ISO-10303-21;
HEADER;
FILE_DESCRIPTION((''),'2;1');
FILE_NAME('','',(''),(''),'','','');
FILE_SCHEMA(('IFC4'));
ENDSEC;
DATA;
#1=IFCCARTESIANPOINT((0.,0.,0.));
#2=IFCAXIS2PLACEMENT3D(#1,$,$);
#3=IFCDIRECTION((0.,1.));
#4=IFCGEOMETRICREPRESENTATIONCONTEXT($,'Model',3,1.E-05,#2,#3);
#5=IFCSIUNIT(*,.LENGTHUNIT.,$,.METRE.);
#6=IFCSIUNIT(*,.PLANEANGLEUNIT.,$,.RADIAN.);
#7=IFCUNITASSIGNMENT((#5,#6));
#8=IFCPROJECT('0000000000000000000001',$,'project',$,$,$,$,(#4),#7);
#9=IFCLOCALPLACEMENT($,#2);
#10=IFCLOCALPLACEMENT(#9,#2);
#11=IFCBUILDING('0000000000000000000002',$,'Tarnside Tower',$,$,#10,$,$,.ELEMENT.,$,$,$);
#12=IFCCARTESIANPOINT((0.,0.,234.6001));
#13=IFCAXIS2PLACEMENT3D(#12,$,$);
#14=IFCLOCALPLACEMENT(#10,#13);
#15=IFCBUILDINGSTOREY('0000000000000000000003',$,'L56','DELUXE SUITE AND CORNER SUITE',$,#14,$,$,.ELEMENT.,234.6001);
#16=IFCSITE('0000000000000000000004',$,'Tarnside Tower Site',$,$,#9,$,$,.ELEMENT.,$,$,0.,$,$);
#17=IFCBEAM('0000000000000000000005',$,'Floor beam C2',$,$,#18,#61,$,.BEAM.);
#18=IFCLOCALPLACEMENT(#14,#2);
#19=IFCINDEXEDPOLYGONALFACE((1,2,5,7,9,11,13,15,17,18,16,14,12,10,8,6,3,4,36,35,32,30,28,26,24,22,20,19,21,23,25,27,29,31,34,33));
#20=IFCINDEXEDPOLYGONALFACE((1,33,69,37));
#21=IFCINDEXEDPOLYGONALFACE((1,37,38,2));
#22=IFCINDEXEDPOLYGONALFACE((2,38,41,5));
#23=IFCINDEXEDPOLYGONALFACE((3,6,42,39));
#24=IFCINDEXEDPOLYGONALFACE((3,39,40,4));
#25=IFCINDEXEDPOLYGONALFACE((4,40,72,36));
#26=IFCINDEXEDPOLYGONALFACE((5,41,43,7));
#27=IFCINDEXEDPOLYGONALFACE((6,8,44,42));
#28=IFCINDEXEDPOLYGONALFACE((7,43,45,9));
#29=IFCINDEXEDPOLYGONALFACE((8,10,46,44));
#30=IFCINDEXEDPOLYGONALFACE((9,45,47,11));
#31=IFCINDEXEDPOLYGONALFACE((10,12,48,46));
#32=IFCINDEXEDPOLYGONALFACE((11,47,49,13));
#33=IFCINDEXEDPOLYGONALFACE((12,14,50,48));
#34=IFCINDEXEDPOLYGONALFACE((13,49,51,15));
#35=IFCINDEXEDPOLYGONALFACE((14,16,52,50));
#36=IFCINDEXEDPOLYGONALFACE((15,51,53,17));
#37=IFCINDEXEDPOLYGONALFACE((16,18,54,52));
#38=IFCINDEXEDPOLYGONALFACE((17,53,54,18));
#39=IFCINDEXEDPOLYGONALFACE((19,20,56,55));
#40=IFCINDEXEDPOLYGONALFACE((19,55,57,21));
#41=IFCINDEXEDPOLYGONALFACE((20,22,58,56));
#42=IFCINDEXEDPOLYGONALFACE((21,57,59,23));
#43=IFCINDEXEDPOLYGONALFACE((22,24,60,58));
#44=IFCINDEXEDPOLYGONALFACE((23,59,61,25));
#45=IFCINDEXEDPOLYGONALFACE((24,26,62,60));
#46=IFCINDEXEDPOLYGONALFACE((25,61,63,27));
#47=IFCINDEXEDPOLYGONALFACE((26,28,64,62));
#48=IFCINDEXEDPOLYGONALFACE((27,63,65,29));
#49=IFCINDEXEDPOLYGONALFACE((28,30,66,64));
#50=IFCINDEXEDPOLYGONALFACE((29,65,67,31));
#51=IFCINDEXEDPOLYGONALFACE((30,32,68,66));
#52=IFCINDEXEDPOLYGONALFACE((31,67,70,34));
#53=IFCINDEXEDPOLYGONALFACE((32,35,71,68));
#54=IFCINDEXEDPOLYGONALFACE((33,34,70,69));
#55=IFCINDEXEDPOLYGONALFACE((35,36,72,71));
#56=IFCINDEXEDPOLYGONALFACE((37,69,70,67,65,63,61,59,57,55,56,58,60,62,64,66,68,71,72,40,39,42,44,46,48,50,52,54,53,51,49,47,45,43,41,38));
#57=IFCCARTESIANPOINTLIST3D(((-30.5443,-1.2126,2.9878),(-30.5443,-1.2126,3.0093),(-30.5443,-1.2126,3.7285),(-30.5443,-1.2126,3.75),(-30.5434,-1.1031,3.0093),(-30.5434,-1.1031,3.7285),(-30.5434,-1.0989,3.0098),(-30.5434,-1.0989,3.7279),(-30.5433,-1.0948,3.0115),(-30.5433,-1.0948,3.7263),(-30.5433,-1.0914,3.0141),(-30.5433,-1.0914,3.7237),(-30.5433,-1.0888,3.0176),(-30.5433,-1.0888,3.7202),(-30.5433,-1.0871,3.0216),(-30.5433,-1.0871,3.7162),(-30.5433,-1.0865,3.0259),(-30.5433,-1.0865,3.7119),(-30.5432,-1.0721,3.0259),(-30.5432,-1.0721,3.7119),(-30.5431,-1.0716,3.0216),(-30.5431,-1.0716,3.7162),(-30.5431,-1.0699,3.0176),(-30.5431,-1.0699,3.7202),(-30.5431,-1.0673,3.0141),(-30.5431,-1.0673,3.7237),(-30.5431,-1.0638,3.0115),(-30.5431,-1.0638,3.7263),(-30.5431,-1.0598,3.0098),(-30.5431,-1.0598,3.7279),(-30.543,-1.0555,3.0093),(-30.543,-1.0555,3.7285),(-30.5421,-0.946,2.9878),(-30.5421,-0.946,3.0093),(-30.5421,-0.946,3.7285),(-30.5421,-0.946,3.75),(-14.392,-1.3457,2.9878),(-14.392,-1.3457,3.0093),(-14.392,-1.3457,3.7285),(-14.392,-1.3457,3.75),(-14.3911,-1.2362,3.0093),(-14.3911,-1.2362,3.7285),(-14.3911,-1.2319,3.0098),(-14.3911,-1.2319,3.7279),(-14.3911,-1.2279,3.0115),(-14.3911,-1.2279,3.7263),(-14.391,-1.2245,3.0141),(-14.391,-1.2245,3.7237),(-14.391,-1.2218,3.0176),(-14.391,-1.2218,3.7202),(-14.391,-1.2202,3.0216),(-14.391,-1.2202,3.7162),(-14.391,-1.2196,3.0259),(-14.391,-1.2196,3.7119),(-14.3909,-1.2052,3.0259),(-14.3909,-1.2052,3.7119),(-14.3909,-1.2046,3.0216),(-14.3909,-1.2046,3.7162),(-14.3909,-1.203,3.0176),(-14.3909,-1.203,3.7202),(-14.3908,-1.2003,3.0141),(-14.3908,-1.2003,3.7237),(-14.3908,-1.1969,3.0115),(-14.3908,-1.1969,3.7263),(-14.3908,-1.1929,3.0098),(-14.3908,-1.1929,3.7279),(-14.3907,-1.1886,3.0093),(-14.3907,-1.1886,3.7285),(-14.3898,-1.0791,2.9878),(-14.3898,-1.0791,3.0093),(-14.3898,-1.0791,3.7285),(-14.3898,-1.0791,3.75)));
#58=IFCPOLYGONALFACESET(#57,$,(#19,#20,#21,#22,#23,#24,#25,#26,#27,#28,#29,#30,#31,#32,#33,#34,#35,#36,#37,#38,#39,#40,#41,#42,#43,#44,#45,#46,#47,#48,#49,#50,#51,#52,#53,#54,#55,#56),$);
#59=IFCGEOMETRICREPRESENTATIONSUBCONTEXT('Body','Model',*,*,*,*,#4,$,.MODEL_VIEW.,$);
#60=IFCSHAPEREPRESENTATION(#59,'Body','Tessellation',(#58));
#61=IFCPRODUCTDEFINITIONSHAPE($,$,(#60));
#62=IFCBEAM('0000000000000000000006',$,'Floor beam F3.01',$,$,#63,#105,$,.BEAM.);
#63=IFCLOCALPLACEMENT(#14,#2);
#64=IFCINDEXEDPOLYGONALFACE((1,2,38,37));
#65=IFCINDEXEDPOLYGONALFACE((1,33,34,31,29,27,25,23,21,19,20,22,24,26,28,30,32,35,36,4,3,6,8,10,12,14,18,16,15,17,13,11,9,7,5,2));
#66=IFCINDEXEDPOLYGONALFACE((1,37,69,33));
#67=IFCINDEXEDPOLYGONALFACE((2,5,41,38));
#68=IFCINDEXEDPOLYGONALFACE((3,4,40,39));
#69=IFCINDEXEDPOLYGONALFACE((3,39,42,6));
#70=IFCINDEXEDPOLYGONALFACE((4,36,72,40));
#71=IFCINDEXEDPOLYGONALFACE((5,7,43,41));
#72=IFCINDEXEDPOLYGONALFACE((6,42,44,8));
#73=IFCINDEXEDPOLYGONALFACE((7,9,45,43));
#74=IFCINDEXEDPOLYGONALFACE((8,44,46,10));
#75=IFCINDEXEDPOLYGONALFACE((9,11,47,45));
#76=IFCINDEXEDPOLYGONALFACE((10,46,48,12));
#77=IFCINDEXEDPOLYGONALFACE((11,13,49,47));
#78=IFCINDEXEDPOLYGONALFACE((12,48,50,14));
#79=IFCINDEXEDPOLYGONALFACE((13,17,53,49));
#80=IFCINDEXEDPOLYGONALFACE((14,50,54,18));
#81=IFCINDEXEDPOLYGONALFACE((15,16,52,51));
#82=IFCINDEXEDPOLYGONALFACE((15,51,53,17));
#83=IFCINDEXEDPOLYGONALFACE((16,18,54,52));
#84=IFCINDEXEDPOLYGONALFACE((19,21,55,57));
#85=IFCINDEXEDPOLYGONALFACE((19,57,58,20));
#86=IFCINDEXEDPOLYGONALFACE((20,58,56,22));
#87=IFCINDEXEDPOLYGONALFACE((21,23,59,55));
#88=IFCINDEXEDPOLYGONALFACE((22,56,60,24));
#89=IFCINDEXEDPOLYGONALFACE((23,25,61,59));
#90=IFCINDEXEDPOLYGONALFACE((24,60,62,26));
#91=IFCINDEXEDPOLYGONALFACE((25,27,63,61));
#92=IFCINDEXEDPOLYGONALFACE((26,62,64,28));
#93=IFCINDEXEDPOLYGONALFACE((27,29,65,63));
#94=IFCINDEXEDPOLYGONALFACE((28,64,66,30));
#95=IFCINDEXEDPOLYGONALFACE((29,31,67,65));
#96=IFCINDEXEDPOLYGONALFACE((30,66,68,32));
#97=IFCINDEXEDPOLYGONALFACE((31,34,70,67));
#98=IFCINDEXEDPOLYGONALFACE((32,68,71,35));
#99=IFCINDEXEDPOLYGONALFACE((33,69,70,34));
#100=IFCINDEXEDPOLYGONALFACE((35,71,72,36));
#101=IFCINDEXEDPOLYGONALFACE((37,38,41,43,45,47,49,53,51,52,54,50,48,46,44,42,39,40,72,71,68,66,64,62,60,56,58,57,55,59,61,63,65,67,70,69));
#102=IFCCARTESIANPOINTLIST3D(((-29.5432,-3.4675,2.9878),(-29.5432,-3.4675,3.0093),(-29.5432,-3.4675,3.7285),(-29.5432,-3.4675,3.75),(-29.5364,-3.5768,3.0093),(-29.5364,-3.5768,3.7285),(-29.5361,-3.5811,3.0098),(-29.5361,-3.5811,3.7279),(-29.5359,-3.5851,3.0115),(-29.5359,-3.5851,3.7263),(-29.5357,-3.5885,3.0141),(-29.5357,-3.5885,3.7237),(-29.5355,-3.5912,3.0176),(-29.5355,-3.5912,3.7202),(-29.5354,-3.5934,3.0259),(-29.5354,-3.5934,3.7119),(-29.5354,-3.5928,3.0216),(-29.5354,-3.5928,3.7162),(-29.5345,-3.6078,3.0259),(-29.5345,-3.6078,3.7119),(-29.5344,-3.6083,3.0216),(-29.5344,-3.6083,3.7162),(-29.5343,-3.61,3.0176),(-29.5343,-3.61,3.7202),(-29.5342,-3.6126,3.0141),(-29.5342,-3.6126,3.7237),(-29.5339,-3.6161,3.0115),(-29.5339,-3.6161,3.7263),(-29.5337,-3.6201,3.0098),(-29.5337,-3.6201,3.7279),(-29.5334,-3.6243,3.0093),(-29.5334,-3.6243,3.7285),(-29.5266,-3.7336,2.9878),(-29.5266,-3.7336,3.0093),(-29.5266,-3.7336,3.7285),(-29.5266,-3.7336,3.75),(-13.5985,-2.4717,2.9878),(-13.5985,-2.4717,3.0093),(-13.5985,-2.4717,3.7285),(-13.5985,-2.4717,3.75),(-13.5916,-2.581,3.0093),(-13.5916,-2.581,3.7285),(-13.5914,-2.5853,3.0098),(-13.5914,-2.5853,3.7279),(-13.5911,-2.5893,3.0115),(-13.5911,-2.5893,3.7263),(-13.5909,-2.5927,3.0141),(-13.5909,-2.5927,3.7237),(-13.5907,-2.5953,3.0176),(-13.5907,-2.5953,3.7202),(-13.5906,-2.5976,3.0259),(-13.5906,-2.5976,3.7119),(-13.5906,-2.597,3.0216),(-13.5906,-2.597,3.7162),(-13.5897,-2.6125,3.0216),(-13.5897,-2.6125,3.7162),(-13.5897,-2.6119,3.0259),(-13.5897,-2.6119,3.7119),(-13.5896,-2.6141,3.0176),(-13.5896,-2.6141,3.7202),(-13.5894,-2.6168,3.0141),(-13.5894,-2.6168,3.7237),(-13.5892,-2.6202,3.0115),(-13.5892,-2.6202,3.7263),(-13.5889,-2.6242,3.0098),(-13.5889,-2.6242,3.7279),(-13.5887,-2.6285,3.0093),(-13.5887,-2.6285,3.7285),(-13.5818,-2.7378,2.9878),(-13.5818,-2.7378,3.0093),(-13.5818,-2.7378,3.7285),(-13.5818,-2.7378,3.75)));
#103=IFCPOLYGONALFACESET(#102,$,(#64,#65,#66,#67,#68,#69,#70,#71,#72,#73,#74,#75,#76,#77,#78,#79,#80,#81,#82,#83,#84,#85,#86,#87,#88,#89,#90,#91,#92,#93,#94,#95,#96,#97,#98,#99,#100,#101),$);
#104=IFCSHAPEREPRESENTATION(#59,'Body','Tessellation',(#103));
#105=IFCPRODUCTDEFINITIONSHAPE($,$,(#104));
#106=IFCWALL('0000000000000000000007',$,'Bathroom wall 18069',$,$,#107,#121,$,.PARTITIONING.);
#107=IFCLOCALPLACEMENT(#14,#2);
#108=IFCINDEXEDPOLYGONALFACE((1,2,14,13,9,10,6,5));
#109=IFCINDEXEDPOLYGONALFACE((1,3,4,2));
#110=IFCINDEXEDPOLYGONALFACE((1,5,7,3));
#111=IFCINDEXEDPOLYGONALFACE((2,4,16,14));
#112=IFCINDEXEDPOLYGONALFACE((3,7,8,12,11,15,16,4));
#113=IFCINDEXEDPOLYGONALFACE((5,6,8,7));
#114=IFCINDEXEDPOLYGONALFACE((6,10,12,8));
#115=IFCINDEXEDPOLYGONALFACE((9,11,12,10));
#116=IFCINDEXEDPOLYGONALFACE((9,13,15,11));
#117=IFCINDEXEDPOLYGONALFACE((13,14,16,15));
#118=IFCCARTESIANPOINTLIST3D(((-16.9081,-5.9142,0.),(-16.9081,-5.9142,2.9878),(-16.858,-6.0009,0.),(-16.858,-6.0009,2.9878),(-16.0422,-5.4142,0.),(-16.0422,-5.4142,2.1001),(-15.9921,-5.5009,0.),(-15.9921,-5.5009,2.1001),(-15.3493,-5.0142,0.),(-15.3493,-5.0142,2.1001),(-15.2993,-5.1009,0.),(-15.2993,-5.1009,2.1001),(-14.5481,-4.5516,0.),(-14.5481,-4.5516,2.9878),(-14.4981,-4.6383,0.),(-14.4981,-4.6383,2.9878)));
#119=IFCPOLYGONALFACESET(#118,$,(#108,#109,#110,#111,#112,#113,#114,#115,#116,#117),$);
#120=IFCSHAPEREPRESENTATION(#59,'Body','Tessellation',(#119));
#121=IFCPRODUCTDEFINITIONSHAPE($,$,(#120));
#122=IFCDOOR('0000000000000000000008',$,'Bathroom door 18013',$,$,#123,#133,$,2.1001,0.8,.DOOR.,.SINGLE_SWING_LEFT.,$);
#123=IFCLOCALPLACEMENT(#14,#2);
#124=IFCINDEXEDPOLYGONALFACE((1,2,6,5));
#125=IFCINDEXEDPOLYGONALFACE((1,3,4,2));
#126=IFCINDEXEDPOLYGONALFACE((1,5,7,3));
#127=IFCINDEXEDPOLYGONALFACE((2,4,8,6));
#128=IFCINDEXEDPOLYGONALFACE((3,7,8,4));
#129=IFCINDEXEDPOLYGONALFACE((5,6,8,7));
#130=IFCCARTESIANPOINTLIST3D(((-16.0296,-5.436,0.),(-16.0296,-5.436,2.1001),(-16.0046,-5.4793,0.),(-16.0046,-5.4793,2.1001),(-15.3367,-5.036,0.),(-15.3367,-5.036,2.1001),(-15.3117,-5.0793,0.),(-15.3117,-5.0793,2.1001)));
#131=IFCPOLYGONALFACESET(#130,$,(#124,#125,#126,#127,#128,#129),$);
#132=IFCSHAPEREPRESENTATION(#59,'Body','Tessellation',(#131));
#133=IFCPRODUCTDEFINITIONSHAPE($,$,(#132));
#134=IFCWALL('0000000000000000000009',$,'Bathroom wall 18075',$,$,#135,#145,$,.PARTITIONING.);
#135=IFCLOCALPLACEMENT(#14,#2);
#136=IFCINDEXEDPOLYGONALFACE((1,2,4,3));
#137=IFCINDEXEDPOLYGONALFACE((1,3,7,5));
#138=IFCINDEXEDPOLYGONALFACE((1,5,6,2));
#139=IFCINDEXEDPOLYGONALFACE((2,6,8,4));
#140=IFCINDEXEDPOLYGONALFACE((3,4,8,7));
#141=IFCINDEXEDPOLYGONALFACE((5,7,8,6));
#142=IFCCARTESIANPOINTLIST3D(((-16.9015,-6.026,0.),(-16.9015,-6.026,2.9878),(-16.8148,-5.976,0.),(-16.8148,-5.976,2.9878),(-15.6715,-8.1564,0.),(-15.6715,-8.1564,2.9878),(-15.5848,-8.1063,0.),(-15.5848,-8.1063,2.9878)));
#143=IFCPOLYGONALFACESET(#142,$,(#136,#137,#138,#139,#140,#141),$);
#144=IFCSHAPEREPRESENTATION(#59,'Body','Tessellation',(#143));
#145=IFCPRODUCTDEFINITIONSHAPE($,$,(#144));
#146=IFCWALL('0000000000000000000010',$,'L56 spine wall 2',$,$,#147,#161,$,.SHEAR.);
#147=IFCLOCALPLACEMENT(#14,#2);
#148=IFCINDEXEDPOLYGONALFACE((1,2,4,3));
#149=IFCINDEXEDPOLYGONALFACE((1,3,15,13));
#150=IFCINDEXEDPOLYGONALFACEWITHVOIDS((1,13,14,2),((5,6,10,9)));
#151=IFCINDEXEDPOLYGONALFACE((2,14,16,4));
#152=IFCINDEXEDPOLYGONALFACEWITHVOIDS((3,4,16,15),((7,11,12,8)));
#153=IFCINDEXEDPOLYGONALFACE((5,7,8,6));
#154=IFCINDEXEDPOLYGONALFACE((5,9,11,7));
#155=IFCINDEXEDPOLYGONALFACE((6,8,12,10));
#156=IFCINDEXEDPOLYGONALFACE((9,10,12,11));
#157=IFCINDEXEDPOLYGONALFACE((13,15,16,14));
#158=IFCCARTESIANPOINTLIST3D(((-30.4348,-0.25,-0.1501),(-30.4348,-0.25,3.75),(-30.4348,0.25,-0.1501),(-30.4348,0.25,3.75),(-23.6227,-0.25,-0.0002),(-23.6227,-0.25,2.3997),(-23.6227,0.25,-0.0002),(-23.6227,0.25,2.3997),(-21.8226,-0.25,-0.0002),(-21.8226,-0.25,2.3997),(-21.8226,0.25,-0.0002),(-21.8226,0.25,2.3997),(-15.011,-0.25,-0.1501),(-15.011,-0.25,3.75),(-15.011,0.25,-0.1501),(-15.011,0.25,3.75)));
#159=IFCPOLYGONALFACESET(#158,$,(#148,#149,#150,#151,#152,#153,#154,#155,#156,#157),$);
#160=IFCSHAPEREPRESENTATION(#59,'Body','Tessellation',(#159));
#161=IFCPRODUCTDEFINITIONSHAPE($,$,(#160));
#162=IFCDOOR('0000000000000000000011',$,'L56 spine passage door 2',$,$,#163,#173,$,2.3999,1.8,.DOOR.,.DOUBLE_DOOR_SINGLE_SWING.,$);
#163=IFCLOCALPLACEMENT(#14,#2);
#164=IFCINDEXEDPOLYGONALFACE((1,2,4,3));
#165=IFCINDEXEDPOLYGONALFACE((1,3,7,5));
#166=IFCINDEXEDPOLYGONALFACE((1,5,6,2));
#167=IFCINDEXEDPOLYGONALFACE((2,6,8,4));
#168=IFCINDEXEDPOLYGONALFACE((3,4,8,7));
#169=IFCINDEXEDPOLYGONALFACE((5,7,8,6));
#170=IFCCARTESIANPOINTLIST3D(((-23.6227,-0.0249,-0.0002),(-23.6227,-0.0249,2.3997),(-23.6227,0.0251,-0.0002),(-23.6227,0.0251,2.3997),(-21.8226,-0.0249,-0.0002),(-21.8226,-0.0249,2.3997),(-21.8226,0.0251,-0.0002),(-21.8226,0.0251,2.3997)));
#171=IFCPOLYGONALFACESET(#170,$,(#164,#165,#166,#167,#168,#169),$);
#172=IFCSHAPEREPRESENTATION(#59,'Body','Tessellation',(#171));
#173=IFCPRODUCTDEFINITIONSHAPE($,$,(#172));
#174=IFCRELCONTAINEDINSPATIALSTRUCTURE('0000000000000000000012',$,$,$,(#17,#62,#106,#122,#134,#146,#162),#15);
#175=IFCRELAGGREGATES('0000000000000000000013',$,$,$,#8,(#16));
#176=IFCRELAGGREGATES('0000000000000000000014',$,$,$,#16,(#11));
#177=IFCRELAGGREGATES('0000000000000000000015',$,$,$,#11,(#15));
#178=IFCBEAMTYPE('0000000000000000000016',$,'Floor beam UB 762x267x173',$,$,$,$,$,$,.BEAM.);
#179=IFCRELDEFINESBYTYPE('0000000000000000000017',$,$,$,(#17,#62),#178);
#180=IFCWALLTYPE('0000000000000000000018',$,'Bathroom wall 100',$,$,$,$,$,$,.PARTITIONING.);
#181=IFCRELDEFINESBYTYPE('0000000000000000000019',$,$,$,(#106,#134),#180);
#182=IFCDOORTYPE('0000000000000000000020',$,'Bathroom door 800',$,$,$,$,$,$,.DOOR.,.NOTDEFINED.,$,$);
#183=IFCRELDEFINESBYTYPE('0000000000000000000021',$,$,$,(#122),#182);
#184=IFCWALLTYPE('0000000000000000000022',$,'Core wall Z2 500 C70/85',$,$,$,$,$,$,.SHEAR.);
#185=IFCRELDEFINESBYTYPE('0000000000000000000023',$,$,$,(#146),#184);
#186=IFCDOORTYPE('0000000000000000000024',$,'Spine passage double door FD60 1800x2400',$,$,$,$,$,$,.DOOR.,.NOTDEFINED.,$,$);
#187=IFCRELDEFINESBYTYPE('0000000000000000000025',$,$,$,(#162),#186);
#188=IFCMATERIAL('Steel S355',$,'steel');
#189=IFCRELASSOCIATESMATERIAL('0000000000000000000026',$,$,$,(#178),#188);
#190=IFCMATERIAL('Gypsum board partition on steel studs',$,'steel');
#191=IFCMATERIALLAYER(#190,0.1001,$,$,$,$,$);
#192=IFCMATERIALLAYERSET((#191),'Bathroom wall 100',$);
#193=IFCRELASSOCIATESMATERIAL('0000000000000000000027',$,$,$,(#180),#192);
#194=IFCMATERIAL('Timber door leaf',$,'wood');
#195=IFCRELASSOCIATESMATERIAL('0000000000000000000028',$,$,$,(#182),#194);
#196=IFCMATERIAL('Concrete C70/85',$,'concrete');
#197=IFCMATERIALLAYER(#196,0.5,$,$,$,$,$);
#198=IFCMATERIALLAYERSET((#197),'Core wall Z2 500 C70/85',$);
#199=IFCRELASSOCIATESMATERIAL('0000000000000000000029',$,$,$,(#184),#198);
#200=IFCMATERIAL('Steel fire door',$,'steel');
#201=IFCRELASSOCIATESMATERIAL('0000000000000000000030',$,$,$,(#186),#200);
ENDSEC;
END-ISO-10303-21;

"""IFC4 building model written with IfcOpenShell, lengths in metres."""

from ifc_helpers import new_model, si_unit, direction, frame, frame_2d, origin, origin_2d, place, context, subcontext, project, spatial, rectangle, i_section, extrude, material, layer, layer_set, material_profile, profile_set, type_object, element, fill, save


model = new_model("IFC4")

# Units and contexts
model_context = context("Model", 3, precision=1e-05, world=origin(), true_north=direction((0.0, 1.0)))
body_context = subcontext(model_context, "Body", "Model", "MODEL_VIEW")
ifc_project = project(units=[si_unit("LENGTHUNIT", "METRE"), si_unit("PLANEANGLEUNIT", "RADIAN")], contexts=[model_context])

# Site, building, storey
site_placement = place(None, origin())
site = spatial("IfcSite", under=ifc_project, at=site_placement, Name="Tarnside Tower Site", CompositionType="ELEMENT", RefElevation=0.0)
building_placement = place(site_placement, origin())
building = spatial("IfcBuilding", under=site, at=building_placement, Name="Tarnside Tower", CompositionType="ELEMENT")
storey_placement = place(building_placement, frame((0.0, 0.0, 234.6001)))
storey = spatial("IfcBuildingStorey", under=building, at=storey_placement, Name="L56", Description="DELUXE SUITE AND CORNER SUITE", CompositionType="ELEMENT", Elevation=234.6001)

# Beams
ifc_material_1 = material(Name="Steel S355", Category="steel")
ifc_material_profile = material_profile(ifc_material_1, i_section(OverallWidth=0.2666, OverallDepth=0.7622, WebThickness=0.0144, FlangeThickness=0.0215, FilletRadius=0.0166, at=origin_2d()), Name="UB 762x267x173")
ifc_profile_set = profile_set([ifc_material_profile], Name="Steel S355")
beam_type = type_object("IfcBeamType", Name="Floor beam UB 762x267x173", PredefinedType="BEAM", material=ifc_profile_set)
beam_1_placement = place(storey_placement, frame((-30.5432, -1.0793, 3.3689), z_axis=(0.999966, -0.008237, 0.0), x_axis=(0.008237, 0.999966, 0.0)))
element("IfcBeam", 1, at=beam_1_placement, inside=storey, type_object=beam_type, Name="Floor beam C2", PredefinedType="BEAM", context=body_context, shape_type="SweptSolid", body=[
    extrude(i_section(OverallWidth=0.2666, OverallDepth=0.7622, WebThickness=0.0144, FlangeThickness=0.0215, FilletRadius=0.0166, at=origin_2d()), origin(), (0.0, 0.0, 1.0), 16.1528),
])
beam_2_placement = place(storey_placement, frame((-29.5349, -3.6006, 3.3689), z_axis=(0.998055, 0.062335, 0.0), x_axis=(-0.062335, 0.998055, 0.0)))
element("IfcBeam", 2, at=beam_2_placement, inside=storey, type_object=beam_type, Name="Floor beam F3.01", PredefinedType="BEAM", context=body_context, shape_type="SweptSolid", body=[
    extrude(i_section(OverallWidth=0.2666, OverallDepth=0.7622, WebThickness=0.0144, FlangeThickness=0.0215, FilletRadius=0.0166, at=origin_2d()), origin(), (0.0, 0.0, 1.0), 15.9758),
])

# Wall, opening, door
ifc_material_2 = material(Name="Gypsum board partition on steel studs", Category="steel")
ifc_layer_1 = layer(ifc_material_2, 0.1001)
ifc_layer_set_1 = layer_set([ifc_layer_1], Name="Bathroom wall 100")
wall_type_1 = type_object("IfcWallType", Name="Bathroom wall 100", PredefinedType="PARTITIONING", material=ifc_layer_set_1)
wall_1_placement = place(storey_placement, frame((-16.8831, -5.9575, 0.0), z_axis=(0.0, 0.0, 1.0), x_axis=(0.866013, 0.500022, 0.0)))
wall_1 = element("IfcWall", 3, at=wall_1_placement, inside=storey, type_object=wall_type_1, Name="Bathroom wall 18069", PredefinedType="PARTITIONING", context=body_context, shape_type="SweptSolid", body=[
    extrude(rectangle(XDim=2.7251, YDim=0.1001, at=frame_2d((1.3625, 0.0))), origin(), (0.0, 0.0, 1.0), 2.9878),
])
opening_1_placement = place(wall_1_placement, frame((1.0, 0.0, 0.0)))
opening_1 = element("IfcOpeningElement", 4, at=opening_1_placement, cuts=wall_1, PredefinedType="OPENING", context=body_context, shape_type="SweptSolid", body=[
    extrude(rectangle(XDim=0.8, YDim=2.1001, at=frame_2d((0.3999, 1.05))), frame((0.0, 0.0601, 0.0), z_axis=(0.0, -1.0, 0.0), x_axis=(1.0, 0.0, 0.0)), (0.0, 0.0, 1.0), 0.1201),
])
ifc_material_3 = material(Name="Timber door leaf", Category="wood")
door_type_1 = type_object("IfcDoorType", Name="Bathroom door 800", OperationType="NOTDEFINED", PredefinedType="DOOR", material=ifc_material_3)
door_1_placement = place(opening_1_placement, origin())
door_1 = element("IfcDoor", 5, at=door_1_placement, inside=storey, type_object=door_type_1, Name="Bathroom door 18013", OperationType="SINGLE_SWING_LEFT", OverallHeight=2.1001, OverallWidth=0.8, PredefinedType="DOOR", context=body_context, shape_type="SweptSolid", body=[
    extrude(rectangle(XDim=0.8, YDim=2.1001, at=frame_2d((0.3999, 1.05))), frame((0.0, 0.0249, 0.0), z_axis=(0.0, -1.0, 0.0), x_axis=(1.0, 0.0, 0.0)), (0.0, 0.0, 1.0), 0.05),
])
fill(opening_1, door_1)

# Wall
wall_2_placement = place(storey_placement, frame((-16.8582, -6.001, 0.0), z_axis=(0.0, 0.0, 1.0), x_axis=(0.500003, -0.866024, 0.0)))
element("IfcWall", 6, at=wall_2_placement, inside=storey, type_object=wall_type_1, Name="Bathroom wall 18075", PredefinedType="PARTITIONING", context=body_context, shape_type="SweptSolid", body=[
    extrude(rectangle(XDim=2.46, YDim=0.1001, at=frame_2d((1.23, 0.0))), origin(), (0.0, 0.0, 1.0), 2.9878),
])

# Wall, opening, door
ifc_material_4 = material(Name="Concrete C70/85", Category="concrete")
ifc_layer_2 = layer(ifc_material_4, 0.5)
ifc_layer_set_2 = layer_set([ifc_layer_2], Name="Core wall Z2 500 C70/85")
wall_type_2 = type_object("IfcWallType", Name="Core wall Z2 500 C70/85", PredefinedType="SHEAR", material=ifc_layer_set_2)
wall_3_placement = place(storey_placement, frame((-15.011, 0.0, -0.1501), z_axis=(0.0, 0.0, 1.0), x_axis=(-1.0, 0.0, 0.0)))
wall_3 = element("IfcWall", 7, at=wall_3_placement, inside=storey, type_object=wall_type_2, Name="L56 spine wall 2", PredefinedType="SHEAR", context=body_context, shape_type="SweptSolid", body=[
    extrude(rectangle(XDim=15.4238, YDim=0.5, at=frame_2d((7.7119, 0.0))), origin(), (0.0, 0.0, 1.0), 3.9001),
])
opening_2_placement = place(wall_3_placement, frame((6.8118, 0.0, 0.1499)))
opening_2 = element("IfcOpeningElement", 8, at=opening_2_placement, cuts=wall_3, PredefinedType="OPENING", context=body_context, shape_type="SweptSolid", body=[
    extrude(rectangle(XDim=1.8, YDim=2.3999, at=frame_2d((0.8999, 1.2))), frame((0.0, 0.26, 0.0), z_axis=(0.0, -1.0, 0.0), x_axis=(1.0, 0.0, 0.0)), (0.0, 0.0, 1.0), 0.52),
])
ifc_material_5 = material(Name="Steel fire door", Category="steel")
door_type_2 = type_object("IfcDoorType", Name="Spine passage double door FD60 1800x2400", OperationType="NOTDEFINED", PredefinedType="DOOR", material=ifc_material_5)
door_2_placement = place(opening_2_placement, origin())
door_2 = element("IfcDoor", 9, at=door_2_placement, inside=storey, type_object=door_type_2, Name="L56 spine passage door 2", OperationType="DOUBLE_DOOR_SINGLE_SWING", OverallHeight=2.3999, OverallWidth=1.8, PredefinedType="DOOR", context=body_context, shape_type="SweptSolid", body=[
    extrude(rectangle(XDim=1.8, YDim=2.3999, at=frame_2d((0.8999, 1.2))), frame((0.0, 0.0249, 0.0), z_axis=(0.0, -1.0, 0.0), x_axis=(1.0, 0.0, 0.0)), (0.0, 0.0, 1.0), 0.05),
])
fill(opening_2, door_2)

save(model, "model.ifc")
